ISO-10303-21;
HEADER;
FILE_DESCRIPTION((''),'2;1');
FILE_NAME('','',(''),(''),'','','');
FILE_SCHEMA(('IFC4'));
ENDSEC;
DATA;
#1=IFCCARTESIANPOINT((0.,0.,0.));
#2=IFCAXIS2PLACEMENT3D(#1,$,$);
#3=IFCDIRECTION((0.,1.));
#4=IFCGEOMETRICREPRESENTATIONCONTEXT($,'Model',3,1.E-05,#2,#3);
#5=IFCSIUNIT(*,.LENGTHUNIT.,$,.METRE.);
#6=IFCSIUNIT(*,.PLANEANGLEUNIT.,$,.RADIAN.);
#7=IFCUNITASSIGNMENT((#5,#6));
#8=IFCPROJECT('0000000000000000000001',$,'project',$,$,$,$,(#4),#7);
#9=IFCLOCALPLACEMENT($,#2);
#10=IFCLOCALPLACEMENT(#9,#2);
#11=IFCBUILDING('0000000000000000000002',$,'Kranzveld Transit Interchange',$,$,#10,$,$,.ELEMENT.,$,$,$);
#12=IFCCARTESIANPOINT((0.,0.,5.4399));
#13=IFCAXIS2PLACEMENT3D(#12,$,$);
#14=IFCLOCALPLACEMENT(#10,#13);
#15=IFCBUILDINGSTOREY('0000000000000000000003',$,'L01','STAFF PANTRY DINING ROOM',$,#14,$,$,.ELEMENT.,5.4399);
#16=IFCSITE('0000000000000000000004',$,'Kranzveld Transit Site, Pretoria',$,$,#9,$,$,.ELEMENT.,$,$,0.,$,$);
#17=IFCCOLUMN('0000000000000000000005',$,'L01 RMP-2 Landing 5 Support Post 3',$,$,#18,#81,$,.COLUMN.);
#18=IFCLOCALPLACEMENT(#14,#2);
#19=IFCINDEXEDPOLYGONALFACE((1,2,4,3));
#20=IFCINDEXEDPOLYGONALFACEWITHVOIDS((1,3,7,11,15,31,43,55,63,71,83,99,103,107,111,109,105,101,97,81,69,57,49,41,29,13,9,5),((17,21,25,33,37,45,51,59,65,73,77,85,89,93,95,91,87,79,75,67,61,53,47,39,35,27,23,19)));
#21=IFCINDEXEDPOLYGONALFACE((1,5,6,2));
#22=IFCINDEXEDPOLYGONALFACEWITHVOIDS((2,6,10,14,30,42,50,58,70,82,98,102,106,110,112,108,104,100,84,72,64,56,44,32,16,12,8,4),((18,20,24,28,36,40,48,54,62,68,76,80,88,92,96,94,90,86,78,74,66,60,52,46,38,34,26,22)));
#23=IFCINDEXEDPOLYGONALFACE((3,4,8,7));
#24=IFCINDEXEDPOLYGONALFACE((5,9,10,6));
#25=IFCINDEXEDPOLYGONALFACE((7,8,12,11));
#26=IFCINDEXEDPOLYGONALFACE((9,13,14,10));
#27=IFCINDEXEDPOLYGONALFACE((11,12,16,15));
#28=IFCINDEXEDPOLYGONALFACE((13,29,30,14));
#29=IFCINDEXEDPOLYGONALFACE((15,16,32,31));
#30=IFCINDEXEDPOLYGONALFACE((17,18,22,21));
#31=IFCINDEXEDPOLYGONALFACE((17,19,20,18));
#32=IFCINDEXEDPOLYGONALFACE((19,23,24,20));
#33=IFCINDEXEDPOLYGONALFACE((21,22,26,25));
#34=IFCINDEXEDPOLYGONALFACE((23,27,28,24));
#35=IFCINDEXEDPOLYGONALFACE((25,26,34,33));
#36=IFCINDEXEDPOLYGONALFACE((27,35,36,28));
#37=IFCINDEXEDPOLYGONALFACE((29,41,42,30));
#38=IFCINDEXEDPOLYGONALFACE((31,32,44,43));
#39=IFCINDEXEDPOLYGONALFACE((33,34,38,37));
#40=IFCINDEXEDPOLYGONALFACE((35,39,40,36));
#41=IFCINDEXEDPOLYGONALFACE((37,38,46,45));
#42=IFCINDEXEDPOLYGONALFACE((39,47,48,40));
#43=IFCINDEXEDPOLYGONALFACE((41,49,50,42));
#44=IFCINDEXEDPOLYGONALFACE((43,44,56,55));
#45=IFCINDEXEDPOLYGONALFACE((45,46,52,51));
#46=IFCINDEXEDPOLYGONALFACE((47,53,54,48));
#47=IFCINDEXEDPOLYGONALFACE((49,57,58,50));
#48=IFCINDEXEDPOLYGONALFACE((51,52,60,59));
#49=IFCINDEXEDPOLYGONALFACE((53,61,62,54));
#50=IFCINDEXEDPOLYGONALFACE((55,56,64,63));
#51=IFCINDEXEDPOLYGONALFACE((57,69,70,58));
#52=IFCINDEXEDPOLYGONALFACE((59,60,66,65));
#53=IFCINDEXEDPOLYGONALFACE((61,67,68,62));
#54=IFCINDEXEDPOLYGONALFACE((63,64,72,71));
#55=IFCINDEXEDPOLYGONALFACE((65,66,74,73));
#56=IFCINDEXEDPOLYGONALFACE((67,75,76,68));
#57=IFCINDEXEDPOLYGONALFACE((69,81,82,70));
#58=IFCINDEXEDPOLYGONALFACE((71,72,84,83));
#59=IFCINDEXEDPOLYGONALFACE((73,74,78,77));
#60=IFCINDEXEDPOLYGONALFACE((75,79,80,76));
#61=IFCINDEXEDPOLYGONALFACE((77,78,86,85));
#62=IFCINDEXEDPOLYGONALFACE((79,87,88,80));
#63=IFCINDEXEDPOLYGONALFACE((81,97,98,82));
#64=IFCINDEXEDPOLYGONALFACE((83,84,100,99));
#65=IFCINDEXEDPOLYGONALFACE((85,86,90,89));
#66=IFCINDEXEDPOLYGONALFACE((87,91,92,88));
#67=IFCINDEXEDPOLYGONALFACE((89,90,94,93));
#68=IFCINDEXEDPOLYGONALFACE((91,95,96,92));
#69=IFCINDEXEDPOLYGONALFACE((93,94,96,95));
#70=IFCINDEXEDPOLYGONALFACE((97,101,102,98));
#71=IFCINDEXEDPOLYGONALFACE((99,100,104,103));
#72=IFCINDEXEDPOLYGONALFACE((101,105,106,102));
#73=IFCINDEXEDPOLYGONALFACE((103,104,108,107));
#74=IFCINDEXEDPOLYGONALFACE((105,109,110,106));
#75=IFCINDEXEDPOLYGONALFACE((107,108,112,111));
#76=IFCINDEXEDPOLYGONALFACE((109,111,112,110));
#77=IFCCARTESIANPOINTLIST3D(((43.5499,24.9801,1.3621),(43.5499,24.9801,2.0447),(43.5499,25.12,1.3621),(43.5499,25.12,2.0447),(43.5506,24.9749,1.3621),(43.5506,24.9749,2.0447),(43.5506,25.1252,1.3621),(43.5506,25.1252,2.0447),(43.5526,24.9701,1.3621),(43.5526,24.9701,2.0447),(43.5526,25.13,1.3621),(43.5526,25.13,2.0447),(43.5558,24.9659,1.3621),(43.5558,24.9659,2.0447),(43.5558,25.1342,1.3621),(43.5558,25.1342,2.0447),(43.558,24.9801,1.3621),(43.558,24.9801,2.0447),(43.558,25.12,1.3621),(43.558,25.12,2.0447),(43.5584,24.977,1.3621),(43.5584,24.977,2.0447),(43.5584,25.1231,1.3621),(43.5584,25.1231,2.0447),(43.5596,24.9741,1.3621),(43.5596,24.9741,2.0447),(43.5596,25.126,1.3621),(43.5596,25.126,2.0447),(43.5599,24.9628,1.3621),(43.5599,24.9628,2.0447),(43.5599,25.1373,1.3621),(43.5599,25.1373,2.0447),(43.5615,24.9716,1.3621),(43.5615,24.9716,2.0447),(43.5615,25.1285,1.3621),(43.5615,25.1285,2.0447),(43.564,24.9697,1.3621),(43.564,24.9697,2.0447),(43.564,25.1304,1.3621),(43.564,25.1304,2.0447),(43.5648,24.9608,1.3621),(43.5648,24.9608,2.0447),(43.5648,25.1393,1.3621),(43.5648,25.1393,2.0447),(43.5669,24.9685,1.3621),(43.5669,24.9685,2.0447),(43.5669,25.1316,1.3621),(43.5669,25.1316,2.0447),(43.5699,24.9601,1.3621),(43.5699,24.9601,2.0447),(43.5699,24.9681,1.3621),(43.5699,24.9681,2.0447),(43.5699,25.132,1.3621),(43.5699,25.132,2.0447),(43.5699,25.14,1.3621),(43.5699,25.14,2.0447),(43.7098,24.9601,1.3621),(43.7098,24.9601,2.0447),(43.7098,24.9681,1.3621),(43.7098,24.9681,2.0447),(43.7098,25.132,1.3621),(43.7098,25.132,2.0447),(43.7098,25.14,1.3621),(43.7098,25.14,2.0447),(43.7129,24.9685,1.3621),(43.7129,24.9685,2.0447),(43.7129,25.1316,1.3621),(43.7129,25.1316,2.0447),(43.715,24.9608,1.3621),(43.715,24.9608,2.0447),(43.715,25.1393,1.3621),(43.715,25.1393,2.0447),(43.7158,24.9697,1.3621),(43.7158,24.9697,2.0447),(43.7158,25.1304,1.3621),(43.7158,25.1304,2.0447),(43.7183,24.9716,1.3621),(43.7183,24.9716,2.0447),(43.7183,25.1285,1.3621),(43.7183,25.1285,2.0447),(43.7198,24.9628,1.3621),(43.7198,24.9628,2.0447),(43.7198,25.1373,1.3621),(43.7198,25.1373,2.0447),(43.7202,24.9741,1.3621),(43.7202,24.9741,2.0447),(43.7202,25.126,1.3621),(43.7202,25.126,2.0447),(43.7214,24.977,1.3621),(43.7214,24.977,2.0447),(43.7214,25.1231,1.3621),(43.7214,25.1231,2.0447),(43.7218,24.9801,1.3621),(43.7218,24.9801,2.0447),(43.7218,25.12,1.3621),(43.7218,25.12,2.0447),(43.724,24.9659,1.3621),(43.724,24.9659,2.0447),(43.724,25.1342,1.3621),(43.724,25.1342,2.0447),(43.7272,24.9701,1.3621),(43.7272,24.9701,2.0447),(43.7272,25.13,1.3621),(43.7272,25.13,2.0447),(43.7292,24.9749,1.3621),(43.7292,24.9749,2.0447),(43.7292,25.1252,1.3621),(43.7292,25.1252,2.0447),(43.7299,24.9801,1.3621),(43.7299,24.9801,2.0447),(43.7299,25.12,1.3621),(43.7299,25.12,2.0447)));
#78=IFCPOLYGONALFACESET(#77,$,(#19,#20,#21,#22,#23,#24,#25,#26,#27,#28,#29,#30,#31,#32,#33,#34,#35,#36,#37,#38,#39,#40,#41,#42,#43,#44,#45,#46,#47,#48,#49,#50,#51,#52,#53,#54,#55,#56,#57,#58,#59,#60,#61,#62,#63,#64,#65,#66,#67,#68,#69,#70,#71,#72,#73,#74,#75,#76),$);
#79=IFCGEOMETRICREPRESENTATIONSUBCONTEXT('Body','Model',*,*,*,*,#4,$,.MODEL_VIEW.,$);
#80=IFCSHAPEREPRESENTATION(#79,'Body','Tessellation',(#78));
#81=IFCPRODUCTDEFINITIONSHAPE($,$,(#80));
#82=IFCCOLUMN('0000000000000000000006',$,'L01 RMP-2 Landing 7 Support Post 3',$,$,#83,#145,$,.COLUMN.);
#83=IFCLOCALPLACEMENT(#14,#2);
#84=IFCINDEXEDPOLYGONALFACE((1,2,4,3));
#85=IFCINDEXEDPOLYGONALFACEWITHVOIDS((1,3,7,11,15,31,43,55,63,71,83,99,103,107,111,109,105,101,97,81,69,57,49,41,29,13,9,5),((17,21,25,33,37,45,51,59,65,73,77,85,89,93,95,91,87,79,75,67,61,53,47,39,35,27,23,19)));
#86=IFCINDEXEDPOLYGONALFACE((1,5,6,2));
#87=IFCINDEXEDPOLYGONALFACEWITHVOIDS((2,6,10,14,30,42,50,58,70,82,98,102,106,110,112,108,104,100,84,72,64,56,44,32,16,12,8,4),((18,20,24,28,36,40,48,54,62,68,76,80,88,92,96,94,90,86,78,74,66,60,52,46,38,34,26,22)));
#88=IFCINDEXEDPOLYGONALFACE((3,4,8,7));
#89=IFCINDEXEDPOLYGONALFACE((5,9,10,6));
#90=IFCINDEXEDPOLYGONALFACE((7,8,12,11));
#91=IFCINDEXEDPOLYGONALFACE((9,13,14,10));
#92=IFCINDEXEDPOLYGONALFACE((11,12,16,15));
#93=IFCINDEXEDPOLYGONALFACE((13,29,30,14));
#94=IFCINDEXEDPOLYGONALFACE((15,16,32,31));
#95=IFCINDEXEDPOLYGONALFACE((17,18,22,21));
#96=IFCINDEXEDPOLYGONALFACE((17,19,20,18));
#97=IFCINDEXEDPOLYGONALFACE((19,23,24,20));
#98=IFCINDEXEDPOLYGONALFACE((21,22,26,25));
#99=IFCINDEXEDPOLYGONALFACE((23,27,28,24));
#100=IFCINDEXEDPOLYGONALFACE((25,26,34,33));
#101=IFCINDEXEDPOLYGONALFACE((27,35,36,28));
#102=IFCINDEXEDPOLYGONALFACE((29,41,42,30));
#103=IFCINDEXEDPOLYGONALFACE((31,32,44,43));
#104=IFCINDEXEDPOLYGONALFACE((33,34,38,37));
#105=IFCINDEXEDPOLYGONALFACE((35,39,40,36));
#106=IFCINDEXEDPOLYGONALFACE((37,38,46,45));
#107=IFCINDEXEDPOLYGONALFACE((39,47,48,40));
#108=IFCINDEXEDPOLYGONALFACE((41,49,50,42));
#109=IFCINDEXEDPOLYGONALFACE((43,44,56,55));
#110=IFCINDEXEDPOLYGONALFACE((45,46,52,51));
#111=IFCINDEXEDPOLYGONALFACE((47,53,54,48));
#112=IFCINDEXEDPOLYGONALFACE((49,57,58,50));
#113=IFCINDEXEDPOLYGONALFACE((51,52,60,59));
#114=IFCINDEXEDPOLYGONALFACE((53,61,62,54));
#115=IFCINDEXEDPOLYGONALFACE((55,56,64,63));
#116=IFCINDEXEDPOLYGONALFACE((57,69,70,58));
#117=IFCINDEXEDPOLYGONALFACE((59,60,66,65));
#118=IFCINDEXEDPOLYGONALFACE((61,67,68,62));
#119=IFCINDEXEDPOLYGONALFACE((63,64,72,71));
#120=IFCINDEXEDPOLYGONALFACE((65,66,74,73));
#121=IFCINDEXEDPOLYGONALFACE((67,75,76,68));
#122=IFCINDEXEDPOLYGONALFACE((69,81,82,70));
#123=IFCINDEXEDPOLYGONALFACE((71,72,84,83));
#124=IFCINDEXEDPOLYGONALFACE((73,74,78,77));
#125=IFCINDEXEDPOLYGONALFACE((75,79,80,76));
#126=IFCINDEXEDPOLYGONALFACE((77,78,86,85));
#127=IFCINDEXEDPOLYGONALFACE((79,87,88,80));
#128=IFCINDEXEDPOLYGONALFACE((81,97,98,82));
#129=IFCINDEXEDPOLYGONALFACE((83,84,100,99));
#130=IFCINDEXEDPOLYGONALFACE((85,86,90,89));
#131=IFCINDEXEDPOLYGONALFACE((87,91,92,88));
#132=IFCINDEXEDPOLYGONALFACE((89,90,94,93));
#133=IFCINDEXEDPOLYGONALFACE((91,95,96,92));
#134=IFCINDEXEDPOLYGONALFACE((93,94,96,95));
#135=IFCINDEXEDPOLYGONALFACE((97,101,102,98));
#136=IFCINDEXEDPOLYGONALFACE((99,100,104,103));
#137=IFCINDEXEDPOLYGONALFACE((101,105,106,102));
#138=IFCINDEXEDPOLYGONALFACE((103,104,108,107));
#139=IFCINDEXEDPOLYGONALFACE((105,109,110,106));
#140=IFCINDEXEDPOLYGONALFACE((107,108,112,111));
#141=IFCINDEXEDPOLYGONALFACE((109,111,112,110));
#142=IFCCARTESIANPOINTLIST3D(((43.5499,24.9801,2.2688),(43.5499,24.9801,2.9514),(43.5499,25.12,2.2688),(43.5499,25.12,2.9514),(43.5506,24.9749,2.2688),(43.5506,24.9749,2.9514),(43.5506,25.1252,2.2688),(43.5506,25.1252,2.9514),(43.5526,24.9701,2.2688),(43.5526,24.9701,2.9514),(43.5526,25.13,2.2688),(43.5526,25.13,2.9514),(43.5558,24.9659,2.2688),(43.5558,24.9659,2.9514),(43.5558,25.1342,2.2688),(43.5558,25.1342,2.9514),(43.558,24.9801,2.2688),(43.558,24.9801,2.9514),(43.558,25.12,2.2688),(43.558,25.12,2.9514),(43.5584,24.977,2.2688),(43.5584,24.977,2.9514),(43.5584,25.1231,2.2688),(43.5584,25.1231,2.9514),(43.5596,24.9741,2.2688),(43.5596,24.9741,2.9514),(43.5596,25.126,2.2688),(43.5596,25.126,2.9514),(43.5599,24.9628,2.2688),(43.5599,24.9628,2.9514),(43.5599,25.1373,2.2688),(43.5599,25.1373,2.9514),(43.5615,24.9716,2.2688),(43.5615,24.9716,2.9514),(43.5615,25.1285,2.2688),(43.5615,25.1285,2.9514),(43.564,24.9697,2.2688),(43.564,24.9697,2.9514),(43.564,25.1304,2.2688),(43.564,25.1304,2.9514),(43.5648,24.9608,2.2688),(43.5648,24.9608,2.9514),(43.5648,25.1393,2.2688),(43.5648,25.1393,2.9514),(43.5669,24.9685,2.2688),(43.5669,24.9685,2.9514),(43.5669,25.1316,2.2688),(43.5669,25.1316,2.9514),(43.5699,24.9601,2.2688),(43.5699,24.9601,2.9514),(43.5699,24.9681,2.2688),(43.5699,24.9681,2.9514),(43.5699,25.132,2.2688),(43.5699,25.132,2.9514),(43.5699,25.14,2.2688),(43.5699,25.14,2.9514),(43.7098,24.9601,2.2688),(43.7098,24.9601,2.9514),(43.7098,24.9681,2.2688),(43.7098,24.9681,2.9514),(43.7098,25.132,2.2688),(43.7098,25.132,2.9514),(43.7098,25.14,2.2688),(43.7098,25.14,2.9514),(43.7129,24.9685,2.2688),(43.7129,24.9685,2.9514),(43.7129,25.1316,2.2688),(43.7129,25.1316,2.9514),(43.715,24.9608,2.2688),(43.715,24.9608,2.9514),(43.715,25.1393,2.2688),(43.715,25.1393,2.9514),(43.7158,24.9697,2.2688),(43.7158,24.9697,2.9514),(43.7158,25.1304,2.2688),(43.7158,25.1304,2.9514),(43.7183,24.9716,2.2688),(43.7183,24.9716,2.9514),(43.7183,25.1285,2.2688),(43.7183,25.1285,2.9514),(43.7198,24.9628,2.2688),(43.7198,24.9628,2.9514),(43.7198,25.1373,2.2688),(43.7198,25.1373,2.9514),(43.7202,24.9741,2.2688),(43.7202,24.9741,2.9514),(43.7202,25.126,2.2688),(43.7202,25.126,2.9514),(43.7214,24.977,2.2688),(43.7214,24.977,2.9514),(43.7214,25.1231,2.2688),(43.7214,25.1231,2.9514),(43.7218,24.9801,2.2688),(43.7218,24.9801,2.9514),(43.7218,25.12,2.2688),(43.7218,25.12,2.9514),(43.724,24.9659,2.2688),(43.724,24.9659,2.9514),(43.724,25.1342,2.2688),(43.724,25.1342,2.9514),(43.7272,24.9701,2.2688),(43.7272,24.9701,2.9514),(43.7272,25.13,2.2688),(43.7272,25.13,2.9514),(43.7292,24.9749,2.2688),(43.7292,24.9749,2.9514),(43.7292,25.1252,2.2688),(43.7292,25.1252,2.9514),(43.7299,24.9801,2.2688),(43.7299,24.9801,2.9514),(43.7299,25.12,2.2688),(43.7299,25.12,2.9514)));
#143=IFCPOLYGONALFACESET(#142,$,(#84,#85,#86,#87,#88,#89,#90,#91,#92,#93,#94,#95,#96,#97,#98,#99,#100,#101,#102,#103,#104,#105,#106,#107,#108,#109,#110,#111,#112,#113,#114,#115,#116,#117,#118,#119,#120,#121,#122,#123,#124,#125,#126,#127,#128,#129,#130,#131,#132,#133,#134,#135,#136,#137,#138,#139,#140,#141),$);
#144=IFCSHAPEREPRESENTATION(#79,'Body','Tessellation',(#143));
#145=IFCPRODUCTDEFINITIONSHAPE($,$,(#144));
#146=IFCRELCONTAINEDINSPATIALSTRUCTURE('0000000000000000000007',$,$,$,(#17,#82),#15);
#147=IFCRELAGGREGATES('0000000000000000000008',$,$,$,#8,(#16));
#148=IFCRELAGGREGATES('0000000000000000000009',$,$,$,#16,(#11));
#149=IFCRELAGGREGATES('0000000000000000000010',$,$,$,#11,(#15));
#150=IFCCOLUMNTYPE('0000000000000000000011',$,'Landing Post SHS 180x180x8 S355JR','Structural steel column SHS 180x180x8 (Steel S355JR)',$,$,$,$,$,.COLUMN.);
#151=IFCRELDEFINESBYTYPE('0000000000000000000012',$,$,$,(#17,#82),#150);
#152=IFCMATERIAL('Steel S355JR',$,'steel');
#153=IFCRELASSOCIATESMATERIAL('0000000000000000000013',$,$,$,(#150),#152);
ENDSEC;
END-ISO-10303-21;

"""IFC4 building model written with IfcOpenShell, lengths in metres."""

from ifc_helpers import new_model, si_unit, direction, frame, origin, origin_2d, place, context, subcontext, project, spatial, hollow_rectangle, extrude, material, material_profile, profile_set, type_object, element, save


model = new_model("IFC4")

# Units and contexts
model_context = context("Model", 3, precision=1e-05, world=origin(), true_north=direction((0.0, 1.0)))
body_context = subcontext(model_context, "Body", "Model", "MODEL_VIEW")
ifc_project = project(units=[si_unit("LENGTHUNIT", "METRE"), si_unit("PLANEANGLEUNIT", "RADIAN")], contexts=[model_context])

# Site, building, storey
site_placement = place(None, origin())
site = spatial("IfcSite", under=ifc_project, at=site_placement, Name="Kranzveld Transit Site, Pretoria", CompositionType="ELEMENT", RefElevation=0.0)
building_placement = place(site_placement, origin())
building = spatial("IfcBuilding", under=site, at=building_placement, Name="Kranzveld Transit Interchange", CompositionType="ELEMENT")
storey_placement = place(building_placement, frame((0.0, 0.0, 5.4399)))
storey = spatial("IfcBuildingStorey", under=building, at=storey_placement, Name="L01", Description="STAFF PANTRY DINING ROOM", CompositionType="ELEMENT", Elevation=5.4399)

# Columns
ifc_material_1 = material(Name="Steel S355JR", Category="steel")
ifc_material_profile_1 = material_profile(ifc_material_1, hollow_rectangle(XDim=0.1799, YDim=0.1799, WallThickness=0.0081, InnerFilletRadius=0.012, OuterFilletRadius=0.02, at=origin_2d()), Name="SHS 180x180x8")
ifc_profile_set_1 = profile_set([ifc_material_profile_1], Name="Steel S355JR")
column_type = type_object("IfcColumnType", Name="Landing Post SHS 180x180x8 S355JR", Description="Structural steel column SHS 180x180x8 (Steel S355JR)", PredefinedType="COLUMN", material=ifc_profile_set_1)
for number, where, z_axis, x_axis, name in (
    (1, (43.6399, 25.05, 1.3621), (0.0, 0.0, 1.0), (1.0, 0.0, 0.0), "L01 RMP-2 Landing 5 Support Post 3"),
    (2, (43.6399, 25.05, 2.2688), (0.0, 0.0, 1.0), (1.0, 0.0, 0.0), "L01 RMP-2 Landing 7 Support Post 3"),
):
    element("IfcColumn", number, at=place(storey_placement, frame(where, z_axis=z_axis, x_axis=x_axis)), inside=storey, type_object=column_type, Name=name, PredefinedType="COLUMN", context=body_context, shape_type="SweptSolid", body=[
        extrude(hollow_rectangle(XDim=0.1799, YDim=0.1799, WallThickness=0.0081, InnerFilletRadius=0.012, OuterFilletRadius=0.02, at=origin_2d()), origin(), (0.0, 0.0, 1.0), 0.6826),
    ])

save(model, "model.ifc")
